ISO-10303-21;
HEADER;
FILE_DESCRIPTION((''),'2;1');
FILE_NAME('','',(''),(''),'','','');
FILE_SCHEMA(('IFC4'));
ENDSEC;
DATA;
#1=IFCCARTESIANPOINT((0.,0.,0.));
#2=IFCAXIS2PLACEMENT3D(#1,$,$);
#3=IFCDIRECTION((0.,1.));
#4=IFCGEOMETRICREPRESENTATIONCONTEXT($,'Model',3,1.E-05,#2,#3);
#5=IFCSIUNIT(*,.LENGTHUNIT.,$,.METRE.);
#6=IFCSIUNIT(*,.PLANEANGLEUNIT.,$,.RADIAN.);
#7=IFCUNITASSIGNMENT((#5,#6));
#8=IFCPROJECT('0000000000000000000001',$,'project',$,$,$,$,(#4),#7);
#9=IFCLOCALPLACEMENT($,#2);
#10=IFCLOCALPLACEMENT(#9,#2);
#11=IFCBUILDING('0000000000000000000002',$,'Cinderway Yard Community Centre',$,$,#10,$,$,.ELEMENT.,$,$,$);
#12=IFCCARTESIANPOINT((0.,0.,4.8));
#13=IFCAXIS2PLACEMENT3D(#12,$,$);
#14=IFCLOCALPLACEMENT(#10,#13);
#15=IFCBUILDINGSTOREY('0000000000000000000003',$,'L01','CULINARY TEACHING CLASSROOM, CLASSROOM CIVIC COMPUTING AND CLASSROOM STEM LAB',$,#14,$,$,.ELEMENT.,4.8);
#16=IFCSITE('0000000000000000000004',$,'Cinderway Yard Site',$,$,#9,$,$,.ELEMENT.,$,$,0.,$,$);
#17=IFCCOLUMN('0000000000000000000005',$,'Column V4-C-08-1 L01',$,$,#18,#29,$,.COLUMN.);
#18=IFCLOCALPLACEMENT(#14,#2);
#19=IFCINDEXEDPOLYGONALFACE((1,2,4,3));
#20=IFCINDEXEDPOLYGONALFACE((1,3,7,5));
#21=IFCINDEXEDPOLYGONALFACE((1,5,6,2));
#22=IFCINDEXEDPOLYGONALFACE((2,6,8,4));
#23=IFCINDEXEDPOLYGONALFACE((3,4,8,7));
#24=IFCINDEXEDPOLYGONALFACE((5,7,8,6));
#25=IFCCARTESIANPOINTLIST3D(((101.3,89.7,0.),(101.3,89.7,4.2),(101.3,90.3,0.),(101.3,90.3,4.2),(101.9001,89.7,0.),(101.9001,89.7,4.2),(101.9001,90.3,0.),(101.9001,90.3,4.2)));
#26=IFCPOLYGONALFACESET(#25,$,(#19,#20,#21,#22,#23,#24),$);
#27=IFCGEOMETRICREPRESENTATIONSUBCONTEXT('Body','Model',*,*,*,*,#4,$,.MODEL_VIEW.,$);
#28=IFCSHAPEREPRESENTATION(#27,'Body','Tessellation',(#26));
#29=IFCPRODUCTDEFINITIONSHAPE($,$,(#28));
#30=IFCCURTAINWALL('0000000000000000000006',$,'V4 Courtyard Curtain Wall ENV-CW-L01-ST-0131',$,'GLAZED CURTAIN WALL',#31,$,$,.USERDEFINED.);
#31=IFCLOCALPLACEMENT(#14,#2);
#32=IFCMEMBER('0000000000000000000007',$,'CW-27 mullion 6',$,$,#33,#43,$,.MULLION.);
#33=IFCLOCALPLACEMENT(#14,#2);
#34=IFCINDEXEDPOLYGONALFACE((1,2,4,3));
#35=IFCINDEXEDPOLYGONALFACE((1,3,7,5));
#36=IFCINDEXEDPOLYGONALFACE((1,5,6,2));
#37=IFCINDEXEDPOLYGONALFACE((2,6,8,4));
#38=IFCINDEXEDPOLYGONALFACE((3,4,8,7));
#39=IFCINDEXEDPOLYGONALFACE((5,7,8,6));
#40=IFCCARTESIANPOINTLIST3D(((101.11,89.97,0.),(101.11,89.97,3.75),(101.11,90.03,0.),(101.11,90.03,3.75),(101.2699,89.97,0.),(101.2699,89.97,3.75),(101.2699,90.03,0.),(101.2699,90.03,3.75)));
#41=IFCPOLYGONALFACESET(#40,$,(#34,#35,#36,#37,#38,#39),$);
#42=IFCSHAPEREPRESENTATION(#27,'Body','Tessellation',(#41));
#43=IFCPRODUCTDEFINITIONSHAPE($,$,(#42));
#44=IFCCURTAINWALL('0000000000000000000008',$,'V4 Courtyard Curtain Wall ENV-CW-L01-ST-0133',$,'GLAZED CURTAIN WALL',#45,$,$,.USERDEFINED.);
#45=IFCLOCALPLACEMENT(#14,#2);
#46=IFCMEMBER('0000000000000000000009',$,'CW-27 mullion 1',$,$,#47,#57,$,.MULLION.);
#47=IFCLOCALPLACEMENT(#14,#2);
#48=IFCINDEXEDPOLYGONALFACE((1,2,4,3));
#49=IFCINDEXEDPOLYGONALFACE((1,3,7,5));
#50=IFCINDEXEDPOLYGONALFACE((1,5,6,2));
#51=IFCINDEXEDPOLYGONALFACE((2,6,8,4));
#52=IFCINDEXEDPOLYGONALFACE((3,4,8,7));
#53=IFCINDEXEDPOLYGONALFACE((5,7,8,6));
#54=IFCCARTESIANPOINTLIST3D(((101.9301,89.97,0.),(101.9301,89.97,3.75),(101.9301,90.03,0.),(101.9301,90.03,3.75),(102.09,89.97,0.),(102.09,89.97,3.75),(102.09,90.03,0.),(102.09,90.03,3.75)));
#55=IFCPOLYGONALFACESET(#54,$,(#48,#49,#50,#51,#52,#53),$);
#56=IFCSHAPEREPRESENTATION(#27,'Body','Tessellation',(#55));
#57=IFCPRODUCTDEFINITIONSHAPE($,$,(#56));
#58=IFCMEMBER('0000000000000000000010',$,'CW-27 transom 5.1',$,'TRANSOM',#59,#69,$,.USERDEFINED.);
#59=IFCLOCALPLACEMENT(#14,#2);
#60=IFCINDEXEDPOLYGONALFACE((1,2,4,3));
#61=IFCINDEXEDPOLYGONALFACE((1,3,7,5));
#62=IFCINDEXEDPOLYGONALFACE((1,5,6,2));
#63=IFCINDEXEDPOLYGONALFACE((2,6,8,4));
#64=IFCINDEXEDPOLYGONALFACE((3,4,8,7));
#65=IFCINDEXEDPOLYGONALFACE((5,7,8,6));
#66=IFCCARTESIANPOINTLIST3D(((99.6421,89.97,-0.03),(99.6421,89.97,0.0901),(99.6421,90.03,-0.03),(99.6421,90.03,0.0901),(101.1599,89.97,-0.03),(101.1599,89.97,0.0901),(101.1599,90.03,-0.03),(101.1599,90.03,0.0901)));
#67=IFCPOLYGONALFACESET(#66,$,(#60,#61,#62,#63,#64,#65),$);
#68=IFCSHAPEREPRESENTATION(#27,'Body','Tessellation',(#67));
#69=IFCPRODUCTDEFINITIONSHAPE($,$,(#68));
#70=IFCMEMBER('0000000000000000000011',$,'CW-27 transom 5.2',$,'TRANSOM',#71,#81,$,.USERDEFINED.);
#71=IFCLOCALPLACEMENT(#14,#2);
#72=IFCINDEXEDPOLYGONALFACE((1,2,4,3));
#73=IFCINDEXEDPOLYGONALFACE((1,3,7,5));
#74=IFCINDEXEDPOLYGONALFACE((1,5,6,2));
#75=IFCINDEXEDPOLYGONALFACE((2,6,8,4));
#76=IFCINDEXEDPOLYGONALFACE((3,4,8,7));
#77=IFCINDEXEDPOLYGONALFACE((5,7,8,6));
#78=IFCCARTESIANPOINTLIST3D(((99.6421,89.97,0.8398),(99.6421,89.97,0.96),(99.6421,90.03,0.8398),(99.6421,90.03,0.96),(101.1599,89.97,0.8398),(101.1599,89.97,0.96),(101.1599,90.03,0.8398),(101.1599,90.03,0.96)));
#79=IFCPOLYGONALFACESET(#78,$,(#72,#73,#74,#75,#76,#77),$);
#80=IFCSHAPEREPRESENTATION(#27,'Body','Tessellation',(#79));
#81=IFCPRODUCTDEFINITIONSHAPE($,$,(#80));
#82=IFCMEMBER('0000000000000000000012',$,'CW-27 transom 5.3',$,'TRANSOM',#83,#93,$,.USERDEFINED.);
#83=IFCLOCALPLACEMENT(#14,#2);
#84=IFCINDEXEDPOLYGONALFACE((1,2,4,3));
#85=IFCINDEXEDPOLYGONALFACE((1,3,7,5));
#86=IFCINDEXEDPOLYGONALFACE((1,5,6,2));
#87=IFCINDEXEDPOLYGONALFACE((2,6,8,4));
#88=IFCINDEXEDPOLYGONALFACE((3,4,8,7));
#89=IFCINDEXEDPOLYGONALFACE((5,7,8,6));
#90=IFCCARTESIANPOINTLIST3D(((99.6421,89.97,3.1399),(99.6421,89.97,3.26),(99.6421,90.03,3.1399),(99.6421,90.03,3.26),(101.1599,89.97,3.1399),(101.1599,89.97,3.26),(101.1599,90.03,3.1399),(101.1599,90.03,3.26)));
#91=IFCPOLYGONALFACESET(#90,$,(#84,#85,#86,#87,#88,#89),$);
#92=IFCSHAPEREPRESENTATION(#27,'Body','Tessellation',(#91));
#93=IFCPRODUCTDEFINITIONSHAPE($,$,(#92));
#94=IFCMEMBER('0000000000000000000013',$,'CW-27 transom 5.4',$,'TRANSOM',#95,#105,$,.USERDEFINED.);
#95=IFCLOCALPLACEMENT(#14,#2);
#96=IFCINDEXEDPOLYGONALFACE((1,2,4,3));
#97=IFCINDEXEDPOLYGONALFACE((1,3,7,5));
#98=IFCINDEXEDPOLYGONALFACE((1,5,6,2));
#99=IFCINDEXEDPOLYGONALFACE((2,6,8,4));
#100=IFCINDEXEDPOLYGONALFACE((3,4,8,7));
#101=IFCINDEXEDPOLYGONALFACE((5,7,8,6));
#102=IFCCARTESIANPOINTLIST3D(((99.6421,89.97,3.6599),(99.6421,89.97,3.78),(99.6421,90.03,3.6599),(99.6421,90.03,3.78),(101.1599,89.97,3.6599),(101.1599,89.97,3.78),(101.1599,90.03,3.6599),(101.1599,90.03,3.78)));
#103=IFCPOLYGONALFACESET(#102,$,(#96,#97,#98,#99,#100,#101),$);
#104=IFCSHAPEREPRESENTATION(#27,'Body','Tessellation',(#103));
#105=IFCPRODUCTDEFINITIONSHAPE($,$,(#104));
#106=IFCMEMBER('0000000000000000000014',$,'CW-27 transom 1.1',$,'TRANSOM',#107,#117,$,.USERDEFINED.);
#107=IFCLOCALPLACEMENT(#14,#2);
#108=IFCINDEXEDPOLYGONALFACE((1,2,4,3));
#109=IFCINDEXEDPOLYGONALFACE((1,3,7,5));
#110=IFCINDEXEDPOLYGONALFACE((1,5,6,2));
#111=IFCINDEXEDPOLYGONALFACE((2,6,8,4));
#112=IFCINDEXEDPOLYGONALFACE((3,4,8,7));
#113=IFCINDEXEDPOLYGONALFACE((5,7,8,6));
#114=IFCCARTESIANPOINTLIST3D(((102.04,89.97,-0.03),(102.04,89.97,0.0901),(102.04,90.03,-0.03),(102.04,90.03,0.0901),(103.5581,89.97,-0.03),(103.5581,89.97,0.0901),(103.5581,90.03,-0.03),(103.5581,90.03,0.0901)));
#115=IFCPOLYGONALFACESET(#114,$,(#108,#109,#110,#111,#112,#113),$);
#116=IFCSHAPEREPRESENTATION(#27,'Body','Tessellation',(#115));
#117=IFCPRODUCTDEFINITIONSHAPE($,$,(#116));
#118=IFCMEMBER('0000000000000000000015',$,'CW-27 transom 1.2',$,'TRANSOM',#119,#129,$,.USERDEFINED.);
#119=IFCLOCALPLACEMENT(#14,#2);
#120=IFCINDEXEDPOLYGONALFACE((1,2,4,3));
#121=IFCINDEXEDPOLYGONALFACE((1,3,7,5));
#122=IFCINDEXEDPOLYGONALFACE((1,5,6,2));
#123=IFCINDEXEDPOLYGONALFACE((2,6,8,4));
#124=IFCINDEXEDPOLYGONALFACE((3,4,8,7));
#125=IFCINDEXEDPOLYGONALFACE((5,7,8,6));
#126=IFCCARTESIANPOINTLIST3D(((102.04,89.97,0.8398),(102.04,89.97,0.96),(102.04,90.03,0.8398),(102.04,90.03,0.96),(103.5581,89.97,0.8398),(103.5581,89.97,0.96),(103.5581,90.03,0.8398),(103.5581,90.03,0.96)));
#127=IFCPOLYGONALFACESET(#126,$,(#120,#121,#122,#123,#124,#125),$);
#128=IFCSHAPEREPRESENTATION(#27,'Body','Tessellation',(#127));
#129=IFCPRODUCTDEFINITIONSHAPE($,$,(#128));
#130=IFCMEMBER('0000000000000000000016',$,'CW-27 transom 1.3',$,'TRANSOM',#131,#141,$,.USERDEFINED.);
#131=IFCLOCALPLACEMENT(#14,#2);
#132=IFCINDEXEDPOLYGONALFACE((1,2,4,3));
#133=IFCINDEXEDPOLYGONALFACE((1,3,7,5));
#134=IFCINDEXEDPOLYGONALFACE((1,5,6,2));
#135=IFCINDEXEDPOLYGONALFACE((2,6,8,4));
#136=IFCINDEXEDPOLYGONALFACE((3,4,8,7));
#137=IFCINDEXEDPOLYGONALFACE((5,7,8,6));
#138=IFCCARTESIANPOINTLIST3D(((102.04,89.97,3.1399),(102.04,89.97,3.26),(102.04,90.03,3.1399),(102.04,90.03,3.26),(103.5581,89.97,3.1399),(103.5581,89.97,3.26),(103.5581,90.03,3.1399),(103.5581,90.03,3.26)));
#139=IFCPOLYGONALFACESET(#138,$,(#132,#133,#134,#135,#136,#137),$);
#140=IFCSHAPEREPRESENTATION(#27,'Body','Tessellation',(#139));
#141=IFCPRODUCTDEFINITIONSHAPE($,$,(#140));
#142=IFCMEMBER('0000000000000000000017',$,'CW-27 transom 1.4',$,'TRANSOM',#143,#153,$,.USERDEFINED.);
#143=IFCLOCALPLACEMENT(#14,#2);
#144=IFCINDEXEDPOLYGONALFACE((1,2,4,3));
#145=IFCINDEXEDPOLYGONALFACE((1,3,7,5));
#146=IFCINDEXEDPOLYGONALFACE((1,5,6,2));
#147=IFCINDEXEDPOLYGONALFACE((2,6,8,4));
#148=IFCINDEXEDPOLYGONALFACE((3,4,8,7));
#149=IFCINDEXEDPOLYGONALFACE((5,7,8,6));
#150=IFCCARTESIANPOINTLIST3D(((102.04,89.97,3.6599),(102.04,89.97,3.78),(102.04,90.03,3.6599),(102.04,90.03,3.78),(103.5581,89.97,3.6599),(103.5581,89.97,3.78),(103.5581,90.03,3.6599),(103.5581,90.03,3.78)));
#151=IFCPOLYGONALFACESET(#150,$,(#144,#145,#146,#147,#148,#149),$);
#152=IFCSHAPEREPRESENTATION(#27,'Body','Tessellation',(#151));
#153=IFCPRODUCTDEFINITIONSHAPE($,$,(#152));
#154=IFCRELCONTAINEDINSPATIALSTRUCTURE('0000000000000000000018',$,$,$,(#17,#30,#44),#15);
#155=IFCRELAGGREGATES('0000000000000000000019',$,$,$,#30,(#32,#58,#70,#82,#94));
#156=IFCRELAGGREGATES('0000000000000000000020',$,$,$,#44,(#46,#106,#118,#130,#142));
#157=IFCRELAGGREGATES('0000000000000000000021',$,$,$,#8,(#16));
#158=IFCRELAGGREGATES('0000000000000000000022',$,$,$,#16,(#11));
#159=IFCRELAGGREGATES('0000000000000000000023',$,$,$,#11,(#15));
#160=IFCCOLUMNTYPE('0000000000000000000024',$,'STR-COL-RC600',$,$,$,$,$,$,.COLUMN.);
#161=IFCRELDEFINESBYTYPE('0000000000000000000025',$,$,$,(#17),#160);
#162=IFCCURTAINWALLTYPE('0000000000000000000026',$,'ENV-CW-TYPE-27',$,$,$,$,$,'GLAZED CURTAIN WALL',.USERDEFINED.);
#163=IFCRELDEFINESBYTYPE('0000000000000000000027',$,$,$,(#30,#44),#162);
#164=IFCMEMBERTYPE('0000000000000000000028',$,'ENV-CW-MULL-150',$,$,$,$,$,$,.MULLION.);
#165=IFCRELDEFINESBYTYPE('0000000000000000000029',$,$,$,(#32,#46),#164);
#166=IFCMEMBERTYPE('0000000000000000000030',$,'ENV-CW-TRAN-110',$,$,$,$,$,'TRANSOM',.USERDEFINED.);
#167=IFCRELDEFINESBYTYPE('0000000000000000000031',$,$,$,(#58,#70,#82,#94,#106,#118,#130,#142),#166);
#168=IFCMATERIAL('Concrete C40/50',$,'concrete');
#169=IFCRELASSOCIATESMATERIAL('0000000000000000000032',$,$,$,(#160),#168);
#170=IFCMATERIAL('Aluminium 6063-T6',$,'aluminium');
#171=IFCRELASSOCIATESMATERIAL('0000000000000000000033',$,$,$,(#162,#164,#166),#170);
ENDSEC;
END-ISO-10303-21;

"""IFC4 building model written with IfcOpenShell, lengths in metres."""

from ifc_helpers import new_model, si_unit, direction, frame, origin, origin_2d, place, context, subcontext, project, spatial, rectangle, extrude, material, material_profile, profile_set, type_object, element, aggregate, save


model = new_model("IFC4")

# Units and contexts
model_context = context("Model", 3, precision=1e-05, world=origin(), true_north=direction((0.0, 1.0)))
body_context = subcontext(model_context, "Body", "Model", "MODEL_VIEW")
ifc_project = project(units=[si_unit("LENGTHUNIT", "METRE"), si_unit("PLANEANGLEUNIT", "RADIAN")], contexts=[model_context])

# Site, building, storey
site_placement = place(None, origin())
site = spatial("IfcSite", under=ifc_project, at=site_placement, Name="Cinderway Yard Site", CompositionType="ELEMENT", RefElevation=0.0)
building_placement = place(site_placement, origin())
building = spatial("IfcBuilding", under=site, at=building_placement, Name="Cinderway Yard Community Centre", CompositionType="ELEMENT")
storey_placement = place(building_placement, frame((0.0, 0.0, 4.8)))
storey = spatial("IfcBuildingStorey", under=building, at=storey_placement, Name="L01", Description="CULINARY TEACHING CLASSROOM, CLASSROOM CIVIC COMPUTING AND CLASSROOM STEM LAB", CompositionType="ELEMENT", Elevation=4.8)

# Column
ifc_material_1 = material(Name="Concrete C40/50", Category="concrete")
ifc_material_profile_1 = material_profile(ifc_material_1, rectangle(XDim=0.6001, YDim=0.6001, at=origin_2d()), Name="Concrete C40/50")
ifc_profile_set_1 = profile_set([ifc_material_profile_1], Name="Concrete C40/50")
column_type = type_object("IfcColumnType", Name="STR-COL-RC600", PredefinedType="COLUMN", material=ifc_profile_set_1)
column_placement = place(storey_placement, frame((101.6001, 90.0, 0.0), z_axis=(0.0, 0.0, 1.0), x_axis=(1.0, 0.0, 0.0)))
element("IfcColumn", 1, at=column_placement, inside=storey, type_object=column_type, Name="Column V4-C-08-1 L01", PredefinedType="COLUMN", context=body_context, shape_type="SweptSolid", body=[
    extrude(rectangle(XDim=0.6001, YDim=0.6001, at=origin_2d()), origin(), (0.0, 0.0, 1.0), 4.2),
])

# Curtain walls, members
ifc_material_2 = material(Name="Aluminium 6063-T6", Category="aluminium")
curtain_wall_type = type_object("IfcCurtainWallType", Name="ENV-CW-TYPE-27", ElementType="GLAZED CURTAIN WALL", PredefinedType="USERDEFINED", material=ifc_material_2)
curtain_wall_1_placement = place(storey_placement, origin())
curtain_wall_1 = element("IfcCurtainWall", 2, at=curtain_wall_1_placement, inside=storey, type_object=curtain_wall_type, Name="V4 Courtyard Curtain Wall ENV-CW-L01-ST-0131", ObjectType="GLAZED CURTAIN WALL", PredefinedType="USERDEFINED")
ifc_material_profile_2 = material_profile(ifc_material_2, rectangle(XDim=0.0601, YDim=0.1599, at=origin_2d()), Name="Aluminium 6063-T6")
ifc_profile_set_2 = profile_set([ifc_material_profile_2], Name="Aluminium 6063-T6")
member_type_1 = type_object("IfcMemberType", Name="ENV-CW-MULL-150", PredefinedType="MULLION", material=ifc_profile_set_2)
member_1_placement = place(storey_placement, frame((101.1899, 90.0, 0.0), z_axis=(0.0, 0.0, 1.0), x_axis=(0.0, 1.0, 0.0)))
member_1 = element("IfcMember", 3, at=member_1_placement, type_object=member_type_1, Name="CW-27 mullion 6", PredefinedType="MULLION", context=body_context, shape_type="SweptSolid", body=[
    extrude(rectangle(XDim=0.0601, YDim=0.1599, at=origin_2d()), origin(), (0.0, 0.0, 1.0), 3.75),
])
curtain_wall_2_placement = place(storey_placement, origin())
curtain_wall_2 = element("IfcCurtainWall", 4, at=curtain_wall_2_placement, inside=storey, type_object=curtain_wall_type, Name="V4 Courtyard Curtain Wall ENV-CW-L01-ST-0133", ObjectType="GLAZED CURTAIN WALL", PredefinedType="USERDEFINED")
member_2_placement = place(storey_placement, frame((102.01, 90.0, 0.0), z_axis=(0.0, 0.0, 1.0), x_axis=(0.0, 1.0, 0.0)))
member_2 = element("IfcMember", 5, at=member_2_placement, type_object=member_type_1, Name="CW-27 mullion 1", PredefinedType="MULLION", context=body_context, shape_type="SweptSolid", body=[
    extrude(rectangle(XDim=0.0601, YDim=0.1599, at=origin_2d()), origin(), (0.0, 0.0, 1.0), 3.75),
])

# Members
ifc_material_profile_3 = material_profile(ifc_material_2, rectangle(XDim=0.0601, YDim=0.1201, at=origin_2d()), Name="Aluminium 6063-T6")
ifc_profile_set_3 = profile_set([ifc_material_profile_3], Name="Aluminium 6063-T6")
member_type_2 = type_object("IfcMemberType", Name="ENV-CW-TRAN-110", ElementType="TRANSOM", PredefinedType="USERDEFINED", material=ifc_profile_set_3)
member_3_placement = place(storey_placement, frame((99.6421, 90.0, 0.03), z_axis=(1.0, 0.0, 0.0), x_axis=(0.0, 1.0, 0.0)))
member_3 = element("IfcMember", 6, at=member_3_placement, type_object=member_type_2, Name="CW-27 transom 5.1", ObjectType="TRANSOM", PredefinedType="USERDEFINED", context=body_context, shape_type="SweptSolid", body=[
    extrude(rectangle(XDim=0.0601, YDim=0.1201, at=origin_2d()), origin(), (0.0, 0.0, 1.0), 1.5178),
])
member_4_placement = place(storey_placement, frame((99.6421, 90.0, 0.8999), z_axis=(1.0, 0.0, 0.0), x_axis=(0.0, 1.0, 0.0)))
member_4 = element("IfcMember", 7, at=member_4_placement, type_object=member_type_2, Name="CW-27 transom 5.2", ObjectType="TRANSOM", PredefinedType="USERDEFINED", context=body_context, shape_type="SweptSolid", body=[
    extrude(rectangle(XDim=0.0601, YDim=0.1201, at=origin_2d()), origin(), (0.0, 0.0, 1.0), 1.5178),
])
member_5_placement = place(storey_placement, frame((99.6421, 90.0, 3.2), z_axis=(1.0, 0.0, 0.0), x_axis=(0.0, 1.0, 0.0)))
member_5 = element("IfcMember", 8, at=member_5_placement, type_object=member_type_2, Name="CW-27 transom 5.3", ObjectType="TRANSOM", PredefinedType="USERDEFINED", context=body_context, shape_type="SweptSolid", body=[
    extrude(rectangle(XDim=0.0601, YDim=0.1201, at=origin_2d()), origin(), (0.0, 0.0, 1.0), 1.5178),
])
member_6_placement = place(storey_placement, frame((99.6421, 90.0, 3.72), z_axis=(1.0, 0.0, 0.0), x_axis=(0.0, 1.0, 0.0)))
member_6 = element("IfcMember", 9, at=member_6_placement, type_object=member_type_2, Name="CW-27 transom 5.4", ObjectType="TRANSOM", PredefinedType="USERDEFINED", context=body_context, shape_type="SweptSolid", body=[
    extrude(rectangle(XDim=0.0601, YDim=0.1201, at=origin_2d()), origin(), (0.0, 0.0, 1.0), 1.5178),
])
member_7_placement = place(storey_placement, frame((102.04, 90.0, 0.03), z_axis=(1.0, 0.0, 0.0), x_axis=(0.0, 1.0, 0.0)))
member_7 = element("IfcMember", 10, at=member_7_placement, type_object=member_type_2, Name="CW-27 transom 1.1", ObjectType="TRANSOM", PredefinedType="USERDEFINED", context=body_context, shape_type="SweptSolid", body=[
    extrude(rectangle(XDim=0.0601, YDim=0.1201, at=origin_2d()), origin(), (0.0, 0.0, 1.0), 1.5181),
])
member_8_placement = place(storey_placement, frame((102.04, 90.0, 0.8999), z_axis=(1.0, 0.0, 0.0), x_axis=(0.0, 1.0, 0.0)))
member_8 = element("IfcMember", 11, at=member_8_placement, type_object=member_type_2, Name="CW-27 transom 1.2", ObjectType="TRANSOM", PredefinedType="USERDEFINED", context=body_context, shape_type="SweptSolid", body=[
    extrude(rectangle(XDim=0.0601, YDim=0.1201, at=origin_2d()), origin(), (0.0, 0.0, 1.0), 1.5181),
])
member_9_placement = place(storey_placement, frame((102.04, 90.0, 3.2), z_axis=(1.0, 0.0, 0.0), x_axis=(0.0, 1.0, 0.0)))
member_9 = element("IfcMember", 12, at=member_9_placement, type_object=member_type_2, Name="CW-27 transom 1.3", ObjectType="TRANSOM", PredefinedType="USERDEFINED", context=body_context, shape_type="SweptSolid", body=[
    extrude(rectangle(XDim=0.0601, YDim=0.1201, at=origin_2d()), origin(), (0.0, 0.0, 1.0), 1.5181),
])
member_10_placement = place(storey_placement, frame((102.04, 90.0, 3.72), z_axis=(1.0, 0.0, 0.0), x_axis=(0.0, 1.0, 0.0)))
member_10 = element("IfcMember", 13, at=member_10_placement, type_object=member_type_2, Name="CW-27 transom 1.4", ObjectType="TRANSOM", PredefinedType="USERDEFINED", context=body_context, shape_type="SweptSolid", body=[
    extrude(rectangle(XDim=0.0601, YDim=0.1201, at=origin_2d()), origin(), (0.0, 0.0, 1.0), 1.5181),
])

aggregate(curtain_wall_1, [member_1, member_3, member_4, member_5, member_6])
aggregate(curtain_wall_2, [member_2, member_7, member_8, member_9, member_10])

save(model, "model.ifc")
